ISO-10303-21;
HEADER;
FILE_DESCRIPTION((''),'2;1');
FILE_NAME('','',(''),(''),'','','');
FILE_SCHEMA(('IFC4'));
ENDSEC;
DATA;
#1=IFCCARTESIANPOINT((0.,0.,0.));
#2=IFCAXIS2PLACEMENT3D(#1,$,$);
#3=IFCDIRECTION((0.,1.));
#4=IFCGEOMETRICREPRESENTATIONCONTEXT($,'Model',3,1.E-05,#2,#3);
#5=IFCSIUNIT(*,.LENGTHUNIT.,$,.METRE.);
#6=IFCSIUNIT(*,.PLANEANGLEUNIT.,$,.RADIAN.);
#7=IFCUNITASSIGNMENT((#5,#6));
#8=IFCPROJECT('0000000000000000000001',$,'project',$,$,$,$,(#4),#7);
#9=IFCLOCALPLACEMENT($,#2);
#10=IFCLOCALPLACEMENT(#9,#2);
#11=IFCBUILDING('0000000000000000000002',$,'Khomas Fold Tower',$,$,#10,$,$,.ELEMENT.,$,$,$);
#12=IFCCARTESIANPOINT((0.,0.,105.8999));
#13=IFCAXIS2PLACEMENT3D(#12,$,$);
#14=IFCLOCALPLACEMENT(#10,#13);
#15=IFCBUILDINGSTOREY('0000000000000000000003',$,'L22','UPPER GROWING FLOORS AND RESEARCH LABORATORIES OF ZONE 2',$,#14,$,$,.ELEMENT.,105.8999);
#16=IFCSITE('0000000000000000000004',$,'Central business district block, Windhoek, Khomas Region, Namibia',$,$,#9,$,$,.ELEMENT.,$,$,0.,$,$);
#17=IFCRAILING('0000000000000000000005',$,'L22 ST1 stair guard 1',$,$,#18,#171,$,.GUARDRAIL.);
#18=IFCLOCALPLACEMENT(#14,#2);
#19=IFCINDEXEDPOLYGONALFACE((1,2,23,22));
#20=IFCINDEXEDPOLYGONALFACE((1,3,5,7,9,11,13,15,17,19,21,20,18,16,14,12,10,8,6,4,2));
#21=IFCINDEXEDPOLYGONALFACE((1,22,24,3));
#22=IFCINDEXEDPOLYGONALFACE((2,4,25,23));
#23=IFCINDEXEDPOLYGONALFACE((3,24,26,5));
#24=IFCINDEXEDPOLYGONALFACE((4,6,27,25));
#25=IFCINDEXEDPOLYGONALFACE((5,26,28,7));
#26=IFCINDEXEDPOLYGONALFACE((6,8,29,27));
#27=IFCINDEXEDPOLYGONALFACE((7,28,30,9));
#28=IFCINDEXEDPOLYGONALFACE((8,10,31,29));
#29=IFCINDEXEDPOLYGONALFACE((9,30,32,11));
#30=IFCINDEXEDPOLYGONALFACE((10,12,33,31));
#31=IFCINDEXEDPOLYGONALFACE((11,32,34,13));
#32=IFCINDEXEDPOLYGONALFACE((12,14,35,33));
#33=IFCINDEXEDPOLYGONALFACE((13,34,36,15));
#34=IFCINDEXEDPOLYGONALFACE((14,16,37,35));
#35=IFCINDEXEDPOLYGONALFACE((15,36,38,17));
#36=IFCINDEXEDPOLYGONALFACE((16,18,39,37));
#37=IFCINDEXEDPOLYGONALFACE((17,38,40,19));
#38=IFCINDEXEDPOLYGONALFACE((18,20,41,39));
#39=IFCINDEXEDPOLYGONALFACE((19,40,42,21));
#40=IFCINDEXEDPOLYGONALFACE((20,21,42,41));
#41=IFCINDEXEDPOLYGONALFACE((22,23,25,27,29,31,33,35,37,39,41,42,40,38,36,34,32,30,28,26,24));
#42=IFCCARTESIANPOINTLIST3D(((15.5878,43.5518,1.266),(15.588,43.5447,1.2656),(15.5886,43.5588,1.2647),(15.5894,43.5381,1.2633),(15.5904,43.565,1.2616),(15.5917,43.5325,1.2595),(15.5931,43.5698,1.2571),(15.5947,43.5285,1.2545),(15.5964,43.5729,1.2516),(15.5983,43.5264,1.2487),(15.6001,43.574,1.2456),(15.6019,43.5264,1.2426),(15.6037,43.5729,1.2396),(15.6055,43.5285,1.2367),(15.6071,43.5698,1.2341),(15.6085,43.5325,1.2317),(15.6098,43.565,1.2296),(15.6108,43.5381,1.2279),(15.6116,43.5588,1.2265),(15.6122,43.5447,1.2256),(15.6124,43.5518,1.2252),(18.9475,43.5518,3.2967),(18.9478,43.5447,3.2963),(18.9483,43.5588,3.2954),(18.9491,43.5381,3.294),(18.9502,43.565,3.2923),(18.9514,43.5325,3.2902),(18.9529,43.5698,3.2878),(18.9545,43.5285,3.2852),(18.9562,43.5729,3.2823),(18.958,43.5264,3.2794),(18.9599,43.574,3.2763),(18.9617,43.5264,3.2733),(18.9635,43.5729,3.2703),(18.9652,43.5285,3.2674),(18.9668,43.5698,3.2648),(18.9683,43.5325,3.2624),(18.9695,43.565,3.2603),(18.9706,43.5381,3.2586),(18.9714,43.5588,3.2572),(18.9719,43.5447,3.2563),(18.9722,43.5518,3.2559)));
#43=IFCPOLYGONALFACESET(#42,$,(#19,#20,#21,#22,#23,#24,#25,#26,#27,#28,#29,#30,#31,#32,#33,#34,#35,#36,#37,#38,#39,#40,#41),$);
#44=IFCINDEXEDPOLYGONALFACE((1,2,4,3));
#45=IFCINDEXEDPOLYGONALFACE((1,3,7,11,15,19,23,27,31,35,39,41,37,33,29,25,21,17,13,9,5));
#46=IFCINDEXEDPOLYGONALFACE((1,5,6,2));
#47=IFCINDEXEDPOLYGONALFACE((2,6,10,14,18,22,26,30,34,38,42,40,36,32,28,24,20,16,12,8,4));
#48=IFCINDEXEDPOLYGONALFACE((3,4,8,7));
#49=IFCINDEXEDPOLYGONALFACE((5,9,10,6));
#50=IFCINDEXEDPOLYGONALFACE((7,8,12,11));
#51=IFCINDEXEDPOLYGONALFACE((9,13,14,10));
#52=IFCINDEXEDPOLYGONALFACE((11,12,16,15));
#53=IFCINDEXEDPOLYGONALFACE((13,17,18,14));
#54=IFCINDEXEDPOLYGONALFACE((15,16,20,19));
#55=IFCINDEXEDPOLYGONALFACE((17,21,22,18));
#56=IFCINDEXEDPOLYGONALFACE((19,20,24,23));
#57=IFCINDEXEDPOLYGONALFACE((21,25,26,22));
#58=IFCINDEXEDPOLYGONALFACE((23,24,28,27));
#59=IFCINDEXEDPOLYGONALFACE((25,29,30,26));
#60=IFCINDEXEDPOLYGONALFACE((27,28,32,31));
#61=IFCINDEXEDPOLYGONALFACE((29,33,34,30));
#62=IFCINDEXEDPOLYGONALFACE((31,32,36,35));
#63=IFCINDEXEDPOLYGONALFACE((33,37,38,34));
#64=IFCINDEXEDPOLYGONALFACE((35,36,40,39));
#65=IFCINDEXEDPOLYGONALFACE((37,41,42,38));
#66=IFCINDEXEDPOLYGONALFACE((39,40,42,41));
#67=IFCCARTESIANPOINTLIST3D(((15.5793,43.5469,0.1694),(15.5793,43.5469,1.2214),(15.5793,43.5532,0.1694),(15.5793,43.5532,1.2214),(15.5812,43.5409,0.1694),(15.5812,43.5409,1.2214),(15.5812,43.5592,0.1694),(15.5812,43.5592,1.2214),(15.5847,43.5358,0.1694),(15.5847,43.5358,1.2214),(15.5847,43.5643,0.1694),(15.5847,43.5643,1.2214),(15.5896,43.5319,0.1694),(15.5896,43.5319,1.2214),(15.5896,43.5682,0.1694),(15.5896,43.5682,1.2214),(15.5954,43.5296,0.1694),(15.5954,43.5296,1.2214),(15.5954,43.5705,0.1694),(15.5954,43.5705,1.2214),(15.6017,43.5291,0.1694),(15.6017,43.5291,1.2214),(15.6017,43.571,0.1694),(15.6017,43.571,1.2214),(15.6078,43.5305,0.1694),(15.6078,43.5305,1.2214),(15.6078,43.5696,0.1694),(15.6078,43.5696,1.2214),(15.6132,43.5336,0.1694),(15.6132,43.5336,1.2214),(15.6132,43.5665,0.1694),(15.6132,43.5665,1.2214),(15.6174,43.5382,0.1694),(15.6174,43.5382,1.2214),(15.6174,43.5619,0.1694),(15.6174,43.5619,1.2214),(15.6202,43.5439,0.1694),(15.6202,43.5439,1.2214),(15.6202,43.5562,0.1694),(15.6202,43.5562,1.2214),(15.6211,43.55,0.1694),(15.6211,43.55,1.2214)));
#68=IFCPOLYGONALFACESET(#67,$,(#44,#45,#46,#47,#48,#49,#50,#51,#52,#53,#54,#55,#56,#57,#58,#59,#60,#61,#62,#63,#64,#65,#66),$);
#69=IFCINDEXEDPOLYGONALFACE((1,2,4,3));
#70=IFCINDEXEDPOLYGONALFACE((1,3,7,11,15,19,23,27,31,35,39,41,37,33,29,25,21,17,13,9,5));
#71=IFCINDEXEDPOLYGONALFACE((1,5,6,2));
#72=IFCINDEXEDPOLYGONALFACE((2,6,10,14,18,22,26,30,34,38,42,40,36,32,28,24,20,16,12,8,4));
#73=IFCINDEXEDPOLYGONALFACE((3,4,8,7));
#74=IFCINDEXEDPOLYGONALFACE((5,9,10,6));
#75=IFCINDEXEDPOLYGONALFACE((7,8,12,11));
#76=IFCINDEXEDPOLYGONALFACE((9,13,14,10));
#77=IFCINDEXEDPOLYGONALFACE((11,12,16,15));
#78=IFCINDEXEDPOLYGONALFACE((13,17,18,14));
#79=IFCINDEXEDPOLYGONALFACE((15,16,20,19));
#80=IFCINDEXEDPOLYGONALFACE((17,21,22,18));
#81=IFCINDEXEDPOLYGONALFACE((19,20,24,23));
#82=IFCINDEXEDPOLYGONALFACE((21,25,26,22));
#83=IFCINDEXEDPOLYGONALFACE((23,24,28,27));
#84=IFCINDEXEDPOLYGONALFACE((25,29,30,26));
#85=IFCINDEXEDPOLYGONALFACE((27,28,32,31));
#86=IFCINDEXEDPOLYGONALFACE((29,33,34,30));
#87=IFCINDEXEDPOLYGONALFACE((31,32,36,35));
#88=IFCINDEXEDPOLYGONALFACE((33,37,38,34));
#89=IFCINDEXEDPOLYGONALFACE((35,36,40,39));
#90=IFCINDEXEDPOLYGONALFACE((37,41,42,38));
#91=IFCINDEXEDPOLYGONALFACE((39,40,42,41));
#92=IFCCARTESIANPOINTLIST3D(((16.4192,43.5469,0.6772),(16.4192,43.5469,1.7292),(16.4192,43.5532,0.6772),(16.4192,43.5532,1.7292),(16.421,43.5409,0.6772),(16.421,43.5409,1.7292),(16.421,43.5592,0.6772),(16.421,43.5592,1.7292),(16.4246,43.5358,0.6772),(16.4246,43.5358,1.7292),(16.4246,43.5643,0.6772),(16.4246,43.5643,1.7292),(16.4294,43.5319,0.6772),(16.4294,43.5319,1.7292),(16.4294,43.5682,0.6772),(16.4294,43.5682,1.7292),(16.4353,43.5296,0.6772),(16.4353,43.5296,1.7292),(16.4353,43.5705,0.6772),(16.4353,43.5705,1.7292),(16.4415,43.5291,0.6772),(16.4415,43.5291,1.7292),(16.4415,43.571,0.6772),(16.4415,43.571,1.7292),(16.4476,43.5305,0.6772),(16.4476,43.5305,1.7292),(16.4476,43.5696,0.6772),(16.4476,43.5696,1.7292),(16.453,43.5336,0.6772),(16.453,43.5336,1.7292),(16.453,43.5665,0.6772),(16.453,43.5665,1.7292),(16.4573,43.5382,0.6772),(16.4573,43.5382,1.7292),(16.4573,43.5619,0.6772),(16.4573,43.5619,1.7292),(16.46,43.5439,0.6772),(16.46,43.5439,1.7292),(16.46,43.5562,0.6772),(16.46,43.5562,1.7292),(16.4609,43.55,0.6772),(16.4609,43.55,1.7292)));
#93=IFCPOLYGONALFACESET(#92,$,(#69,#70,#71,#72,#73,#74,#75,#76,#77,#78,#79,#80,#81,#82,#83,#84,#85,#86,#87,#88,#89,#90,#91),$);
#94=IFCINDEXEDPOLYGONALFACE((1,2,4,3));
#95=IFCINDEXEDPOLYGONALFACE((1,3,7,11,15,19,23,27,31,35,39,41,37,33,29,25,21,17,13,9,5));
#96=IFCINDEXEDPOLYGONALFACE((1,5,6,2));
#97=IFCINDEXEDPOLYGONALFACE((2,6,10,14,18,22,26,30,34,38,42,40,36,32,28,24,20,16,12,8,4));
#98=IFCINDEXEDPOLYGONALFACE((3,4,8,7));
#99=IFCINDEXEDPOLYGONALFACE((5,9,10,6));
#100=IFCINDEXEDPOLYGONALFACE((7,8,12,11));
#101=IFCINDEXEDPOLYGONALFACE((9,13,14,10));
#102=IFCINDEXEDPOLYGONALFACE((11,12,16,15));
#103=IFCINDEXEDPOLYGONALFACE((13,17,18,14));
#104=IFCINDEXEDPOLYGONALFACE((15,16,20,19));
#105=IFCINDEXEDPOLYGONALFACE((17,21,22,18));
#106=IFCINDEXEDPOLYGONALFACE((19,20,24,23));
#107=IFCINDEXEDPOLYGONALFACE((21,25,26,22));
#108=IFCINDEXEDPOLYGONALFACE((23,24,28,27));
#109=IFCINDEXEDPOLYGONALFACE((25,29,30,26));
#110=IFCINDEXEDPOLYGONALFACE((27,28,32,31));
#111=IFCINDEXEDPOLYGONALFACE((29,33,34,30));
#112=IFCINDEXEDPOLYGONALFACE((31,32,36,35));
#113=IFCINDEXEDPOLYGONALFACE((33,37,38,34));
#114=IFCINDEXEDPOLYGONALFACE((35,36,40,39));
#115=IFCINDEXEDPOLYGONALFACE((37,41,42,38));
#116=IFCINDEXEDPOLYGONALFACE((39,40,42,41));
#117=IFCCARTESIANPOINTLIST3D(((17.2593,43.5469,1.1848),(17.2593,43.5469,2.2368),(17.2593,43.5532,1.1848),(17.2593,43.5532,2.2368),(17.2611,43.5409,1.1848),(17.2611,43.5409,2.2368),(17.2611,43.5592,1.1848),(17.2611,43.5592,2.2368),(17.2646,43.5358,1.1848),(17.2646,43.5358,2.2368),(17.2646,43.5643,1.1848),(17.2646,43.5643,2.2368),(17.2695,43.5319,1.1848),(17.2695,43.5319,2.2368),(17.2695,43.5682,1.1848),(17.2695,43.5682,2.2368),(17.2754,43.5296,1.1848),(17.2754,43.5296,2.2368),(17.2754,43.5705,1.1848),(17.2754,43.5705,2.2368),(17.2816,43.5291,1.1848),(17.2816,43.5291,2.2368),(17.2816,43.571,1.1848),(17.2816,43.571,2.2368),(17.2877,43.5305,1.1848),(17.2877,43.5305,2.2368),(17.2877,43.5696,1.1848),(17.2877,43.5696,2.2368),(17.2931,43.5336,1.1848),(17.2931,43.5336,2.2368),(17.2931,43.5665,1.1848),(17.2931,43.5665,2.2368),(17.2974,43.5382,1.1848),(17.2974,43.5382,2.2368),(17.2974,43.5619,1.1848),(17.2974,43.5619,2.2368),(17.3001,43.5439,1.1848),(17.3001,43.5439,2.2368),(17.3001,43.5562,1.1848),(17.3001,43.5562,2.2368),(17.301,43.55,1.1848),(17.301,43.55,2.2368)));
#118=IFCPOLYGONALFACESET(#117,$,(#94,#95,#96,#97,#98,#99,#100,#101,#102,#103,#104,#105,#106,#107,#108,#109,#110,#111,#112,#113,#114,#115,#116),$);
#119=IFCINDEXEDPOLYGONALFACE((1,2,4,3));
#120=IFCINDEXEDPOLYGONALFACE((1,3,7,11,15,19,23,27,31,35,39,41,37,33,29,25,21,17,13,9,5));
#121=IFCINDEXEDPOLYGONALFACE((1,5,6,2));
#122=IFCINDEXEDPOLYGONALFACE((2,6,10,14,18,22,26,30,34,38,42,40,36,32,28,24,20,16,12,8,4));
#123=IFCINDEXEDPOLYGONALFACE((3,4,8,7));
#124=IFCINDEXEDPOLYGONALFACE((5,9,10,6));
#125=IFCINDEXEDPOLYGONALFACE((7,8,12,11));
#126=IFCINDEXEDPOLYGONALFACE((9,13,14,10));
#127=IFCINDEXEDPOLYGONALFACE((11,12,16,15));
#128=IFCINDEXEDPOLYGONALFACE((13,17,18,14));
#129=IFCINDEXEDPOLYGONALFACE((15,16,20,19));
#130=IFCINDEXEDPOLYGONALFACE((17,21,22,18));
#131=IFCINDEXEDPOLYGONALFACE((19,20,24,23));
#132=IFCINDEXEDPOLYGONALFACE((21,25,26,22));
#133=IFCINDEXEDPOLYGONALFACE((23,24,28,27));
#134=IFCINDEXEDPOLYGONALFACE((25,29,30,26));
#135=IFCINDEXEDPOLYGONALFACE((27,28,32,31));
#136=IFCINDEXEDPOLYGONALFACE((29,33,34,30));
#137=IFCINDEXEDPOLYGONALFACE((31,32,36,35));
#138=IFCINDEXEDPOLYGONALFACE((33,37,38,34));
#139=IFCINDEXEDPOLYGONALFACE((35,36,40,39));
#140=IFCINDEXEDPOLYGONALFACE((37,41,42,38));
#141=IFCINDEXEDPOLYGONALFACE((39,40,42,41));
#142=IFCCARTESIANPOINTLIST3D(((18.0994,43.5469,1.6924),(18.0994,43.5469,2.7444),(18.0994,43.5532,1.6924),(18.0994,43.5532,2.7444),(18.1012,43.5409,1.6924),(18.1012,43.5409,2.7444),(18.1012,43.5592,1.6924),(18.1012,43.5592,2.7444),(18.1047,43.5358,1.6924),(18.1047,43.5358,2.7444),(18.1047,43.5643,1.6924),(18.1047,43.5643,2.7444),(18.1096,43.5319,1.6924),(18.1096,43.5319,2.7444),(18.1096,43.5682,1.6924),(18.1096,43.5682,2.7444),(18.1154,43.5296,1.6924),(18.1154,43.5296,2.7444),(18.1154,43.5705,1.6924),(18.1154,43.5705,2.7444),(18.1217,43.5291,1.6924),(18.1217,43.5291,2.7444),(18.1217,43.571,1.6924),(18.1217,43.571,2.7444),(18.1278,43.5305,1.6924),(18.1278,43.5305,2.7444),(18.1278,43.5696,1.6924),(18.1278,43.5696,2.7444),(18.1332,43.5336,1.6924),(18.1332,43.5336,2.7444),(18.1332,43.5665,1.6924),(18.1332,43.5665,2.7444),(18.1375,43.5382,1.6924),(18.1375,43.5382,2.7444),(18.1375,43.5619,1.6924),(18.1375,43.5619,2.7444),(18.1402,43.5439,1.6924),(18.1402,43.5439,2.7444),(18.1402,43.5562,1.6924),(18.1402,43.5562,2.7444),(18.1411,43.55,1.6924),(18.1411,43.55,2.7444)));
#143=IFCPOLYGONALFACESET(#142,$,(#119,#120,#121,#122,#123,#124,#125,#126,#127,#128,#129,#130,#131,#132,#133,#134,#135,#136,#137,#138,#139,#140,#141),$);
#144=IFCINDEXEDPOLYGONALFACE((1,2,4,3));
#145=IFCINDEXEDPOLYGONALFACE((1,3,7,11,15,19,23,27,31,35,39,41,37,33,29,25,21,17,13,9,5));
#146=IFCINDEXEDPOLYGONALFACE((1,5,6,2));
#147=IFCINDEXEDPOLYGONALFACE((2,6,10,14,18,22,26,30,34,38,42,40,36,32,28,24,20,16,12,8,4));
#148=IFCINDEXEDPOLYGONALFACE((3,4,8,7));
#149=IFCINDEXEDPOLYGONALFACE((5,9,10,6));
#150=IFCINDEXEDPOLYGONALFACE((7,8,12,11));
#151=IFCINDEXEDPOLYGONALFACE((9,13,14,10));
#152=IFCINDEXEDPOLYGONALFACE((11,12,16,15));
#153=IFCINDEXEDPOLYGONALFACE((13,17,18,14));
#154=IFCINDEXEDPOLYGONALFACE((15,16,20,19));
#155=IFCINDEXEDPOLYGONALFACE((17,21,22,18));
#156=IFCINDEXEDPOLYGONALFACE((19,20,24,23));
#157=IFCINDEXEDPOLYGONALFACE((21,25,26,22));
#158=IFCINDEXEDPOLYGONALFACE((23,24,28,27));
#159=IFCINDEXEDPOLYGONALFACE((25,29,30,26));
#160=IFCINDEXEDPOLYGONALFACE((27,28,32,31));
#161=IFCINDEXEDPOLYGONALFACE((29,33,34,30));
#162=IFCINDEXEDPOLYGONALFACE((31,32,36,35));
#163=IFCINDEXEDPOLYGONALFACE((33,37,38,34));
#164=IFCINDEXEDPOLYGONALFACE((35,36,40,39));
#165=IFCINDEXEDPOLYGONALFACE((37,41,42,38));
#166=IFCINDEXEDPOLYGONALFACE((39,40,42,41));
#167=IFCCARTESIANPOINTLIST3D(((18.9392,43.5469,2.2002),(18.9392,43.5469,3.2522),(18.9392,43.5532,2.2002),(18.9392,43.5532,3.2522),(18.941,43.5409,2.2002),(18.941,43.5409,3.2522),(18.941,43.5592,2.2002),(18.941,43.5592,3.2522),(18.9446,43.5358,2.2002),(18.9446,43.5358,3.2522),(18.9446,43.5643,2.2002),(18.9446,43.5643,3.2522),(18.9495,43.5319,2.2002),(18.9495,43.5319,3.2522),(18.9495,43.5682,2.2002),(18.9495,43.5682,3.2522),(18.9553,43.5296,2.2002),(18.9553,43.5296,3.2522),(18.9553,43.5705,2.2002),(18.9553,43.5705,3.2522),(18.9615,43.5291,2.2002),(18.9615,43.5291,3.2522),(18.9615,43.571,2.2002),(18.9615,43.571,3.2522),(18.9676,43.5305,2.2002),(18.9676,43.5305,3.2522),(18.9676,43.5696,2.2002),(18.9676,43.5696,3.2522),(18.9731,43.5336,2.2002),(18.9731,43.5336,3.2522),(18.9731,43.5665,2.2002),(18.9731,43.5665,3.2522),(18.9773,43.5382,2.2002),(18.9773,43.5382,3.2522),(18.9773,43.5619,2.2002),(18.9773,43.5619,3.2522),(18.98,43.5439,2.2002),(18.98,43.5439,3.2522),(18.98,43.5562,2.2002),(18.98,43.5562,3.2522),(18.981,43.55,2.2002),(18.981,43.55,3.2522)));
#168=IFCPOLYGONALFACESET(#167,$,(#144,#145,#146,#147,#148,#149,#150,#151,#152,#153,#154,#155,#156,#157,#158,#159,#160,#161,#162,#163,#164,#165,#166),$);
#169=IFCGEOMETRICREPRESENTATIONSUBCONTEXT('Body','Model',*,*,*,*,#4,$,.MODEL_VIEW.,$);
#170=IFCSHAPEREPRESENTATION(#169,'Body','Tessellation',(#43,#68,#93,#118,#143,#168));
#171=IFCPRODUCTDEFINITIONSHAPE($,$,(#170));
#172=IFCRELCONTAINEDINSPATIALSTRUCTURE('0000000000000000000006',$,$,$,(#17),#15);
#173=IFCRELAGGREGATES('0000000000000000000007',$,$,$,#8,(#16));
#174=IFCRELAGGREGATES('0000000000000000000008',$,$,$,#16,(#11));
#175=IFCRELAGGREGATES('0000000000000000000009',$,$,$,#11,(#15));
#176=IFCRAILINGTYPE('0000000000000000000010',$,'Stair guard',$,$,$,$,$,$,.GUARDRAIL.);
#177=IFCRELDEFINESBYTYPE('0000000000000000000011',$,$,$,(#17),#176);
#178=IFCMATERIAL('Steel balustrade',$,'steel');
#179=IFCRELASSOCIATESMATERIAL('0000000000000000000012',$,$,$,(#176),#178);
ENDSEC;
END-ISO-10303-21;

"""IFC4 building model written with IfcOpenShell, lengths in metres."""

from ifc_helpers import new_model, si_unit, direction, frame, origin, origin_2d, place, context, subcontext, project, spatial, circle, extrude, source, transform, mapped, material, type_object, element, save


model = new_model("IFC4")

# Units and contexts
model_context = context("Model", 3, precision=1e-05, world=origin(), true_north=direction((0.0, 1.0)))
body_context = subcontext(model_context, "Body", "Model", "MODEL_VIEW")
ifc_project = project(units=[si_unit("LENGTHUNIT", "METRE"), si_unit("PLANEANGLEUNIT", "RADIAN")], contexts=[model_context])

# Site, building, storey
site_placement = place(None, origin())
site = spatial("IfcSite", under=ifc_project, at=site_placement, Name="Central business district block, Windhoek, Khomas Region, Namibia", CompositionType="ELEMENT", RefElevation=0.0)
building_placement = place(site_placement, origin())
building = spatial("IfcBuilding", under=site, at=building_placement, Name="Khomas Fold Tower", CompositionType="ELEMENT")
storey_placement = place(building_placement, frame((0.0, 0.0, 105.8999)))
storey = spatial("IfcBuildingStorey", under=building, at=storey_placement, Name="L22", Description="UPPER GROWING FLOORS AND RESEARCH LABORATORIES OF ZONE 2", CompositionType="ELEMENT", Elevation=105.8999)

# Railing
ifc_material_1 = material(Name="Steel balustrade", Category="steel")
railing_type_1 = type_object("IfcRailingType", Name="Stair guard", PredefinedType="GUARDRAIL", material=ifc_material_1)
shared_shape_1 = source(origin(), body_context, "Body", "SweptSolid", [
    extrude(circle(Radius=0.0239, at=origin_2d()), frame((0.0, 0.0, 1.0762), z_axis=(0.85582, 0.0, 0.517273), x_axis=(0.0, 1.0, 0.0)), (0.0, 0.0, 1.0), 3.9258),
    extrude(circle(Radius=0.021, at=origin_2d()), origin(), (0.0, 0.0, 1.0), 1.052),
    extrude(circle(Radius=0.021, at=origin_2d()), frame((0.8398, 0.0, 0.5078)), (0.0, 0.0, 1.0), 1.052),
    extrude(circle(Radius=0.021, at=origin_2d()), frame((1.6799, 0.0, 1.0154)), (0.0, 0.0, 1.0), 1.052),
    extrude(circle(Radius=0.021, at=origin_2d()), frame((2.52, 0.0, 1.5229)), (0.0, 0.0, 1.0), 1.052),
    extrude(circle(Radius=0.021, at=origin_2d()), frame((3.3599, 0.0, 2.0308)), (0.0, 0.0, 1.0), 1.052),
])
railing_1_placement = place(storey_placement, frame((15.6001, 43.55, 0.1694)))
element("IfcRailing", 1, at=railing_1_placement, inside=storey, type_object=railing_type_1, Name="L22 ST1 stair guard 1", PredefinedType="GUARDRAIL", context=body_context, shape_type="MappedRepresentation", body=[
    mapped(shared_shape_1, transform((0.0, 0.0, 0.0))),
])

save(model, "model.ifc")
